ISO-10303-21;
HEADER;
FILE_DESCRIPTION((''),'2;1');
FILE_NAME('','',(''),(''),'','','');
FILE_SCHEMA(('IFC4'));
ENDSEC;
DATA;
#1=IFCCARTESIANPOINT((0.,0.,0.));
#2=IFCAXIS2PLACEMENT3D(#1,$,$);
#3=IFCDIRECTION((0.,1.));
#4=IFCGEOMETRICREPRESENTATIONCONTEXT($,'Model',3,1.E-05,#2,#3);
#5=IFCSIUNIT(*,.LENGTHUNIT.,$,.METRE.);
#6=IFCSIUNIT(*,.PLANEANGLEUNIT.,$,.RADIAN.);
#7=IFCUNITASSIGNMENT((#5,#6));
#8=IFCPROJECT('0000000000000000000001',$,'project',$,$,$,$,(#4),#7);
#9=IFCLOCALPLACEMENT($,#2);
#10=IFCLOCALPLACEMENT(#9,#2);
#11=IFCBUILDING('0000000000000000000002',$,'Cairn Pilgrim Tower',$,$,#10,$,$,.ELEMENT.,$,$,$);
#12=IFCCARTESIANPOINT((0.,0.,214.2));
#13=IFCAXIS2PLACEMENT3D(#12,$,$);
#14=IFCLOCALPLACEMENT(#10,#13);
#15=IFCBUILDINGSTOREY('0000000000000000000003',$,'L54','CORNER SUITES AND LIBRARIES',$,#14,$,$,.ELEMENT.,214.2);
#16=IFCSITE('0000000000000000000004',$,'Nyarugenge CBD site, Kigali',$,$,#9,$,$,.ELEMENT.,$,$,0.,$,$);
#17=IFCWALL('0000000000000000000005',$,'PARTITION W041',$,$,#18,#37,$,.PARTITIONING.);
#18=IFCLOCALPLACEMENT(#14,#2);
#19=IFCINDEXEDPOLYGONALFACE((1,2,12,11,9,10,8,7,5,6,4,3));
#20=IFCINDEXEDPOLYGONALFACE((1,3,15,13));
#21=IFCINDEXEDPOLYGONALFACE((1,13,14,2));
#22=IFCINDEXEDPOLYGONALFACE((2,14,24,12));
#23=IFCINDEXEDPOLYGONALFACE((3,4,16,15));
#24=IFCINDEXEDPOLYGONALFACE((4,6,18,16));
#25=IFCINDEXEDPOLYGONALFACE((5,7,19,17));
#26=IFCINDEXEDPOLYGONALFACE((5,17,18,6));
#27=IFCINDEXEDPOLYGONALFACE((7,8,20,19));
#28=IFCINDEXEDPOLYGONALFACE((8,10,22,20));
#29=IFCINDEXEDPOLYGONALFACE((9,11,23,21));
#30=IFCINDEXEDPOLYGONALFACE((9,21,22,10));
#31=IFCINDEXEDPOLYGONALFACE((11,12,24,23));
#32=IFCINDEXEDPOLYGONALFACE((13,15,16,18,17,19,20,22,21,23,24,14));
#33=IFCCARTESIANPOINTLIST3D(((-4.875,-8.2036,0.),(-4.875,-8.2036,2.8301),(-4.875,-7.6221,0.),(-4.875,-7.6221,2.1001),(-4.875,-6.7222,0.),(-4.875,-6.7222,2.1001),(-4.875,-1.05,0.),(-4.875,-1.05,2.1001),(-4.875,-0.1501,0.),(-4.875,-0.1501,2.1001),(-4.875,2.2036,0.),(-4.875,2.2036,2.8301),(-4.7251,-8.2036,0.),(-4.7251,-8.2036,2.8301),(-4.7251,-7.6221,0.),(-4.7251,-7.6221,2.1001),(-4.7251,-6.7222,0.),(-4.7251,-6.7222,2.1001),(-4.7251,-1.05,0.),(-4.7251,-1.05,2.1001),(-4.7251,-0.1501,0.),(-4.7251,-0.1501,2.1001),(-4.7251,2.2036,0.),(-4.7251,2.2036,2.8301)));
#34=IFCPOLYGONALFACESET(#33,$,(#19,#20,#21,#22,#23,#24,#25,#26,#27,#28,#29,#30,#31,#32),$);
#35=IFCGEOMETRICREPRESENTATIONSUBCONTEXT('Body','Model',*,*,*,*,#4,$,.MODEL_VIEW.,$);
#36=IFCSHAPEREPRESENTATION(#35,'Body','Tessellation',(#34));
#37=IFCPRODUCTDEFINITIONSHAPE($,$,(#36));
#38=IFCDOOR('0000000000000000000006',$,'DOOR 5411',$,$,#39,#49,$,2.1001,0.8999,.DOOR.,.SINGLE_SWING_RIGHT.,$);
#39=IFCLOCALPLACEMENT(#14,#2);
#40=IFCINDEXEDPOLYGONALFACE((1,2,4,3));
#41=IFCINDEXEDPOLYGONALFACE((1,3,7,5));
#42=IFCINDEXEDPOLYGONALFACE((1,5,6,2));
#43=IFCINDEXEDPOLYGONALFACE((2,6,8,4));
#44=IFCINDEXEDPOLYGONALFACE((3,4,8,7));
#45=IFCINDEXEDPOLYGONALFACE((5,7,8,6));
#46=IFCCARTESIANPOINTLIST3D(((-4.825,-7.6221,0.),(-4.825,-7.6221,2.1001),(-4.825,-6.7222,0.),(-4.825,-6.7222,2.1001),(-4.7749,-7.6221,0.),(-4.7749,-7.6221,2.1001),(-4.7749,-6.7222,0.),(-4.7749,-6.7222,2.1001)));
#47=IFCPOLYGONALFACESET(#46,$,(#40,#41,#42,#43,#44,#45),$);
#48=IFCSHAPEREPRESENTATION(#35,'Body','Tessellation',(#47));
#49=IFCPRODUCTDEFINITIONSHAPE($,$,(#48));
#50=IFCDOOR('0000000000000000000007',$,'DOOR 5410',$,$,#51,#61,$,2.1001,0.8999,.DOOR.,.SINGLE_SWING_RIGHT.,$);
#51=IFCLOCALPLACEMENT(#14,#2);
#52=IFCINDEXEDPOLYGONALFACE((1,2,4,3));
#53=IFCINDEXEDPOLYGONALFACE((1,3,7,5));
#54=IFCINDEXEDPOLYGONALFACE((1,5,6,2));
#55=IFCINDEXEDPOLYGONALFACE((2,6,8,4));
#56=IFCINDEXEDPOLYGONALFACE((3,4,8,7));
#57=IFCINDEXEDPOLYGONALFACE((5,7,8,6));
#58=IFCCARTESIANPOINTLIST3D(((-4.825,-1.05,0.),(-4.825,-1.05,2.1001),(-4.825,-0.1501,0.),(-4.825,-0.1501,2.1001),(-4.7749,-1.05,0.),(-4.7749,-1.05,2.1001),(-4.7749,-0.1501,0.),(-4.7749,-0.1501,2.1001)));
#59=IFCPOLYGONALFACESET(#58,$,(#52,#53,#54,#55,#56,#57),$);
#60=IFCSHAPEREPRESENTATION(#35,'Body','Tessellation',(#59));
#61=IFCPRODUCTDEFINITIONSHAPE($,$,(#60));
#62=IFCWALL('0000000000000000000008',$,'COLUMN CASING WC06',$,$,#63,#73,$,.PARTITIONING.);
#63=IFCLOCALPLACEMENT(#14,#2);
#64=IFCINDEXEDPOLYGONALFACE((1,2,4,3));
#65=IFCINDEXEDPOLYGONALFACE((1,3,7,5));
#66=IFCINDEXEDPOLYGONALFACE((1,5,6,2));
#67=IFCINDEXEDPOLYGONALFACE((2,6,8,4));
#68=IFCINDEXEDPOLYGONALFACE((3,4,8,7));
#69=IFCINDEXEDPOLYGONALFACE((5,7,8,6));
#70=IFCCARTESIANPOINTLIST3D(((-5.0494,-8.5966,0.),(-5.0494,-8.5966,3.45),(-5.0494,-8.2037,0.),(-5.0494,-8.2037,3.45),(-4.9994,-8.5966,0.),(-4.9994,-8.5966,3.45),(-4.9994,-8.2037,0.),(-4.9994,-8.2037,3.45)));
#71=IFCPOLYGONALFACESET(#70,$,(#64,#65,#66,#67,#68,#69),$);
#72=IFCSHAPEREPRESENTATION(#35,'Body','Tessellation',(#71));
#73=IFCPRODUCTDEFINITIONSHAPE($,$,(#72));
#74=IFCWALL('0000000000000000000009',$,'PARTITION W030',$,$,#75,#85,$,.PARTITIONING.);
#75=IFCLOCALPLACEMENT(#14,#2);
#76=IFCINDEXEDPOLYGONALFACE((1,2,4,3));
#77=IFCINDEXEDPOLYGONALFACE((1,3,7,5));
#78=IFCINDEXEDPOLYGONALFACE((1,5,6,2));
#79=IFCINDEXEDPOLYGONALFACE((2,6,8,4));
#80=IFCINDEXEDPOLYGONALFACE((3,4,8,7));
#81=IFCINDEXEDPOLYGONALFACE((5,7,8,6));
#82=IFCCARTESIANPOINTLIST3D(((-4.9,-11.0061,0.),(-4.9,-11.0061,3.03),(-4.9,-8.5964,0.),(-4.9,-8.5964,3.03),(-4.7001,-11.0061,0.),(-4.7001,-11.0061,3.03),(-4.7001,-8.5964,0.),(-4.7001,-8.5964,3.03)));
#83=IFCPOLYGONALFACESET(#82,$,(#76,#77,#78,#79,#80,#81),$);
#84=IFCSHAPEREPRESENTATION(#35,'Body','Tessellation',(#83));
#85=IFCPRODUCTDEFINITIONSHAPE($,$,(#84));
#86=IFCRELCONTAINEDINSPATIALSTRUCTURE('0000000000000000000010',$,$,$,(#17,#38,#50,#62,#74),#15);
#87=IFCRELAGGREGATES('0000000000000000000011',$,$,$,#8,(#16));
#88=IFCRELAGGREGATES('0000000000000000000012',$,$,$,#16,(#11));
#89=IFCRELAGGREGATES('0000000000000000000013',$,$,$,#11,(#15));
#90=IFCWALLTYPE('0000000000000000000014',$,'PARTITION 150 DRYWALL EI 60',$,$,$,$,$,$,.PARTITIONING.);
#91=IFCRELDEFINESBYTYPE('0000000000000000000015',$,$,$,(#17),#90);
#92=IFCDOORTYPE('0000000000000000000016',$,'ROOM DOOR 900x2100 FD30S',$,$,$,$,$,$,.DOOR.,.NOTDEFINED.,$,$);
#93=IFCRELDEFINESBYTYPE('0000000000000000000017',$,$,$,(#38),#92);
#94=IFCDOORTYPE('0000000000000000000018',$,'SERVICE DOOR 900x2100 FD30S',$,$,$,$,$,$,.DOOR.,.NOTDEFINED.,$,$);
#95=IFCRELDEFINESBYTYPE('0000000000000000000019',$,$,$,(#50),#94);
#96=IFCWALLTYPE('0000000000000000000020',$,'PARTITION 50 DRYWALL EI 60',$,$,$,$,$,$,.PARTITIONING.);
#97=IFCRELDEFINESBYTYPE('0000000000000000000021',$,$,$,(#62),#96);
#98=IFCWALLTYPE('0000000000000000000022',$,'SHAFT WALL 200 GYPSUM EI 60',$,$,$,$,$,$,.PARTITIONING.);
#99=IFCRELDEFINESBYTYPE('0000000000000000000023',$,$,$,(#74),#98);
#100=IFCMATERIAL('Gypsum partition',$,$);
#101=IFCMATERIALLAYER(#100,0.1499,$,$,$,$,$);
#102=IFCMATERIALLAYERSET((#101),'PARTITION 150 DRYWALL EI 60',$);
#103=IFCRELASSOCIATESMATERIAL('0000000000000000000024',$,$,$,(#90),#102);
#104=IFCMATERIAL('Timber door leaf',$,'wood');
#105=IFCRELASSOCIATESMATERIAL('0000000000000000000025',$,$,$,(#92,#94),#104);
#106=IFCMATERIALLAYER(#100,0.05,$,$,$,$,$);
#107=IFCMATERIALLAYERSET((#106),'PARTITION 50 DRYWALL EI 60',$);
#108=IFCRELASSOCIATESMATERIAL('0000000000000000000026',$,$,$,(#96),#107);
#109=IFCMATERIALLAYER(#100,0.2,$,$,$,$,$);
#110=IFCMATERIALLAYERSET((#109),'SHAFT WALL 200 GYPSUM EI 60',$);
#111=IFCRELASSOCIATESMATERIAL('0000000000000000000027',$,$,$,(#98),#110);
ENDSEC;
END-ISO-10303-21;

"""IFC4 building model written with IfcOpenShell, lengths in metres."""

from ifc_helpers import new_model, si_unit, direction, frame, frame_2d, origin, place, context, subcontext, project, spatial, rectangle, extrude, material, layer, layer_set, type_object, element, fill, save


model = new_model("IFC4")

# Units and contexts
model_context = context("Model", 3, precision=1e-05, world=origin(), true_north=direction((0.0, 1.0)))
body_context = subcontext(model_context, "Body", "Model", "MODEL_VIEW")
ifc_project = project(units=[si_unit("LENGTHUNIT", "METRE"), si_unit("PLANEANGLEUNIT", "RADIAN")], contexts=[model_context])

# Site, building, storey
site_placement = place(None, origin())
site = spatial("IfcSite", under=ifc_project, at=site_placement, Name="Nyarugenge CBD site, Kigali", CompositionType="ELEMENT", RefElevation=0.0)
building_placement = place(site_placement, origin())
building = spatial("IfcBuilding", under=site, at=building_placement, Name="Cairn Pilgrim Tower", CompositionType="ELEMENT")
storey_placement = place(building_placement, frame((0.0, 0.0, 214.2)))
storey = spatial("IfcBuildingStorey", under=building, at=storey_placement, Name="L54", Description="CORNER SUITES AND LIBRARIES", CompositionType="ELEMENT", Elevation=214.2)

# Shared definitions
ifc_material_1 = material(Name="Gypsum partition")
ifc_layer_1 = layer(ifc_material_1, 0.1499)
ifc_layer_set_1 = layer_set([ifc_layer_1], Name="PARTITION 150 DRYWALL EI 60")
wall_type_1 = type_object("IfcWallType", Name="PARTITION 150 DRYWALL EI 60", PredefinedType="PARTITIONING", material=ifc_layer_set_1)

# Wall, openings, doors
wall_1_placement = place(storey_placement, frame((-4.8, -8.2036, 0.0), z_axis=(0.0, 0.0, 1.0), x_axis=(0.0, 1.0, 0.0)))
wall_1 = element("IfcWall", 1, at=wall_1_placement, inside=storey, type_object=wall_type_1, Name="PARTITION W041", PredefinedType="PARTITIONING", context=body_context, shape_type="SweptSolid", body=[
    extrude(rectangle(XDim=10.4072, YDim=0.1499, at=frame_2d((5.2036, 0.0))), origin(), (0.0, 0.0, 1.0), 2.8301),
])
opening_1_placement = place(wall_1_placement, frame((7.1536, 0.0, 0.0)))
opening_1 = element("IfcOpeningElement", 2, at=opening_1_placement, cuts=wall_1, PredefinedType="OPENING", context=body_context, shape_type="SweptSolid", body=[
    extrude(rectangle(XDim=0.8999, YDim=2.1001, at=frame_2d((0.45, 1.05))), frame((0.0, 0.085, 0.0), z_axis=(0.0, -1.0, 0.0), x_axis=(1.0, 0.0, 0.0)), (0.0, 0.0, 1.0), 0.1699),
])
opening_2_placement = place(wall_1_placement, frame((0.5815, 0.0, 0.0)))
opening_2 = element("IfcOpeningElement", 3, at=opening_2_placement, cuts=wall_1, PredefinedType="OPENING", context=body_context, shape_type="SweptSolid", body=[
    extrude(rectangle(XDim=0.8999, YDim=2.1001, at=frame_2d((0.45, 1.05))), frame((0.0, 0.085, 0.0), z_axis=(0.0, -1.0, 0.0), x_axis=(1.0, 0.0, 0.0)), (0.0, 0.0, 1.0), 0.1699),
])
ifc_material_2 = material(Name="Timber door leaf", Category="wood")
door_type_1 = type_object("IfcDoorType", Name="ROOM DOOR 900x2100 FD30S", OperationType="NOTDEFINED", PredefinedType="DOOR", material=ifc_material_2)
door_1_placement = place(opening_2_placement, origin())
door_1 = element("IfcDoor", 4, at=door_1_placement, inside=storey, type_object=door_type_1, Name="DOOR 5411", OperationType="SINGLE_SWING_RIGHT", OverallHeight=2.1001, OverallWidth=0.8999, PredefinedType="DOOR", context=body_context, shape_type="SweptSolid", body=[
    extrude(rectangle(XDim=0.8999, YDim=2.1001, at=frame_2d((0.45, 1.05))), frame((0.0, 0.0249, 0.0), z_axis=(0.0, -1.0, 0.0), x_axis=(1.0, 0.0, 0.0)), (0.0, 0.0, 1.0), 0.05),
])
fill(opening_2, door_1)
door_type_2 = type_object("IfcDoorType", Name="SERVICE DOOR 900x2100 FD30S", OperationType="NOTDEFINED", PredefinedType="DOOR", material=ifc_material_2)
door_2_placement = place(opening_1_placement, origin())
door_2 = element("IfcDoor", 5, at=door_2_placement, inside=storey, type_object=door_type_2, Name="DOOR 5410", OperationType="SINGLE_SWING_RIGHT", OverallHeight=2.1001, OverallWidth=0.8999, PredefinedType="DOOR", context=body_context, shape_type="SweptSolid", body=[
    extrude(rectangle(XDim=0.8999, YDim=2.1001, at=frame_2d((0.45, 1.05))), frame((0.0, 0.0249, 0.0), z_axis=(0.0, -1.0, 0.0), x_axis=(1.0, 0.0, 0.0)), (0.0, 0.0, 1.0), 0.05),
])
fill(opening_1, door_2)

# Walls
ifc_layer_2 = layer(ifc_material_1, 0.05)
ifc_layer_set_2 = layer_set([ifc_layer_2], Name="PARTITION 50 DRYWALL EI 60")
wall_type_2 = type_object("IfcWallType", Name="PARTITION 50 DRYWALL EI 60", PredefinedType="PARTITIONING", material=ifc_layer_set_2)
wall_2_placement = place(storey_placement, frame((-5.0244, -8.5964, 0.0), z_axis=(0.0, 0.0, 1.0), x_axis=(0.0, 1.0, 0.0)))
element("IfcWall", 6, at=wall_2_placement, inside=storey, type_object=wall_type_2, Name="COLUMN CASING WC06", PredefinedType="PARTITIONING", context=body_context, shape_type="SweptSolid", body=[
    extrude(rectangle(XDim=0.3928, YDim=0.05, at=frame_2d((0.1963, 0.0))), origin(), (0.0, 0.0, 1.0), 3.45),
])
ifc_layer_3 = layer(ifc_material_1, 0.2)
ifc_layer_set_3 = layer_set([ifc_layer_3], Name="SHAFT WALL 200 GYPSUM EI 60")
wall_type_3 = type_object("IfcWallType", Name="SHAFT WALL 200 GYPSUM EI 60", PredefinedType="PARTITIONING", material=ifc_layer_set_3)
wall_3_placement = place(storey_placement, frame((-4.8, -11.0061, 0.0), z_axis=(0.0, 0.0, 1.0), x_axis=(0.0, 1.0, 0.0)))
element("IfcWall", 7, at=wall_3_placement, inside=storey, type_object=wall_type_3, Name="PARTITION W030", PredefinedType="PARTITIONING", context=body_context, shape_type="SweptSolid", body=[
    extrude(rectangle(XDim=2.4097, YDim=0.2, at=frame_2d((1.2048, 0.0))), origin(), (0.0, 0.0, 1.0), 3.03),
])

save(model, "model.ifc")
